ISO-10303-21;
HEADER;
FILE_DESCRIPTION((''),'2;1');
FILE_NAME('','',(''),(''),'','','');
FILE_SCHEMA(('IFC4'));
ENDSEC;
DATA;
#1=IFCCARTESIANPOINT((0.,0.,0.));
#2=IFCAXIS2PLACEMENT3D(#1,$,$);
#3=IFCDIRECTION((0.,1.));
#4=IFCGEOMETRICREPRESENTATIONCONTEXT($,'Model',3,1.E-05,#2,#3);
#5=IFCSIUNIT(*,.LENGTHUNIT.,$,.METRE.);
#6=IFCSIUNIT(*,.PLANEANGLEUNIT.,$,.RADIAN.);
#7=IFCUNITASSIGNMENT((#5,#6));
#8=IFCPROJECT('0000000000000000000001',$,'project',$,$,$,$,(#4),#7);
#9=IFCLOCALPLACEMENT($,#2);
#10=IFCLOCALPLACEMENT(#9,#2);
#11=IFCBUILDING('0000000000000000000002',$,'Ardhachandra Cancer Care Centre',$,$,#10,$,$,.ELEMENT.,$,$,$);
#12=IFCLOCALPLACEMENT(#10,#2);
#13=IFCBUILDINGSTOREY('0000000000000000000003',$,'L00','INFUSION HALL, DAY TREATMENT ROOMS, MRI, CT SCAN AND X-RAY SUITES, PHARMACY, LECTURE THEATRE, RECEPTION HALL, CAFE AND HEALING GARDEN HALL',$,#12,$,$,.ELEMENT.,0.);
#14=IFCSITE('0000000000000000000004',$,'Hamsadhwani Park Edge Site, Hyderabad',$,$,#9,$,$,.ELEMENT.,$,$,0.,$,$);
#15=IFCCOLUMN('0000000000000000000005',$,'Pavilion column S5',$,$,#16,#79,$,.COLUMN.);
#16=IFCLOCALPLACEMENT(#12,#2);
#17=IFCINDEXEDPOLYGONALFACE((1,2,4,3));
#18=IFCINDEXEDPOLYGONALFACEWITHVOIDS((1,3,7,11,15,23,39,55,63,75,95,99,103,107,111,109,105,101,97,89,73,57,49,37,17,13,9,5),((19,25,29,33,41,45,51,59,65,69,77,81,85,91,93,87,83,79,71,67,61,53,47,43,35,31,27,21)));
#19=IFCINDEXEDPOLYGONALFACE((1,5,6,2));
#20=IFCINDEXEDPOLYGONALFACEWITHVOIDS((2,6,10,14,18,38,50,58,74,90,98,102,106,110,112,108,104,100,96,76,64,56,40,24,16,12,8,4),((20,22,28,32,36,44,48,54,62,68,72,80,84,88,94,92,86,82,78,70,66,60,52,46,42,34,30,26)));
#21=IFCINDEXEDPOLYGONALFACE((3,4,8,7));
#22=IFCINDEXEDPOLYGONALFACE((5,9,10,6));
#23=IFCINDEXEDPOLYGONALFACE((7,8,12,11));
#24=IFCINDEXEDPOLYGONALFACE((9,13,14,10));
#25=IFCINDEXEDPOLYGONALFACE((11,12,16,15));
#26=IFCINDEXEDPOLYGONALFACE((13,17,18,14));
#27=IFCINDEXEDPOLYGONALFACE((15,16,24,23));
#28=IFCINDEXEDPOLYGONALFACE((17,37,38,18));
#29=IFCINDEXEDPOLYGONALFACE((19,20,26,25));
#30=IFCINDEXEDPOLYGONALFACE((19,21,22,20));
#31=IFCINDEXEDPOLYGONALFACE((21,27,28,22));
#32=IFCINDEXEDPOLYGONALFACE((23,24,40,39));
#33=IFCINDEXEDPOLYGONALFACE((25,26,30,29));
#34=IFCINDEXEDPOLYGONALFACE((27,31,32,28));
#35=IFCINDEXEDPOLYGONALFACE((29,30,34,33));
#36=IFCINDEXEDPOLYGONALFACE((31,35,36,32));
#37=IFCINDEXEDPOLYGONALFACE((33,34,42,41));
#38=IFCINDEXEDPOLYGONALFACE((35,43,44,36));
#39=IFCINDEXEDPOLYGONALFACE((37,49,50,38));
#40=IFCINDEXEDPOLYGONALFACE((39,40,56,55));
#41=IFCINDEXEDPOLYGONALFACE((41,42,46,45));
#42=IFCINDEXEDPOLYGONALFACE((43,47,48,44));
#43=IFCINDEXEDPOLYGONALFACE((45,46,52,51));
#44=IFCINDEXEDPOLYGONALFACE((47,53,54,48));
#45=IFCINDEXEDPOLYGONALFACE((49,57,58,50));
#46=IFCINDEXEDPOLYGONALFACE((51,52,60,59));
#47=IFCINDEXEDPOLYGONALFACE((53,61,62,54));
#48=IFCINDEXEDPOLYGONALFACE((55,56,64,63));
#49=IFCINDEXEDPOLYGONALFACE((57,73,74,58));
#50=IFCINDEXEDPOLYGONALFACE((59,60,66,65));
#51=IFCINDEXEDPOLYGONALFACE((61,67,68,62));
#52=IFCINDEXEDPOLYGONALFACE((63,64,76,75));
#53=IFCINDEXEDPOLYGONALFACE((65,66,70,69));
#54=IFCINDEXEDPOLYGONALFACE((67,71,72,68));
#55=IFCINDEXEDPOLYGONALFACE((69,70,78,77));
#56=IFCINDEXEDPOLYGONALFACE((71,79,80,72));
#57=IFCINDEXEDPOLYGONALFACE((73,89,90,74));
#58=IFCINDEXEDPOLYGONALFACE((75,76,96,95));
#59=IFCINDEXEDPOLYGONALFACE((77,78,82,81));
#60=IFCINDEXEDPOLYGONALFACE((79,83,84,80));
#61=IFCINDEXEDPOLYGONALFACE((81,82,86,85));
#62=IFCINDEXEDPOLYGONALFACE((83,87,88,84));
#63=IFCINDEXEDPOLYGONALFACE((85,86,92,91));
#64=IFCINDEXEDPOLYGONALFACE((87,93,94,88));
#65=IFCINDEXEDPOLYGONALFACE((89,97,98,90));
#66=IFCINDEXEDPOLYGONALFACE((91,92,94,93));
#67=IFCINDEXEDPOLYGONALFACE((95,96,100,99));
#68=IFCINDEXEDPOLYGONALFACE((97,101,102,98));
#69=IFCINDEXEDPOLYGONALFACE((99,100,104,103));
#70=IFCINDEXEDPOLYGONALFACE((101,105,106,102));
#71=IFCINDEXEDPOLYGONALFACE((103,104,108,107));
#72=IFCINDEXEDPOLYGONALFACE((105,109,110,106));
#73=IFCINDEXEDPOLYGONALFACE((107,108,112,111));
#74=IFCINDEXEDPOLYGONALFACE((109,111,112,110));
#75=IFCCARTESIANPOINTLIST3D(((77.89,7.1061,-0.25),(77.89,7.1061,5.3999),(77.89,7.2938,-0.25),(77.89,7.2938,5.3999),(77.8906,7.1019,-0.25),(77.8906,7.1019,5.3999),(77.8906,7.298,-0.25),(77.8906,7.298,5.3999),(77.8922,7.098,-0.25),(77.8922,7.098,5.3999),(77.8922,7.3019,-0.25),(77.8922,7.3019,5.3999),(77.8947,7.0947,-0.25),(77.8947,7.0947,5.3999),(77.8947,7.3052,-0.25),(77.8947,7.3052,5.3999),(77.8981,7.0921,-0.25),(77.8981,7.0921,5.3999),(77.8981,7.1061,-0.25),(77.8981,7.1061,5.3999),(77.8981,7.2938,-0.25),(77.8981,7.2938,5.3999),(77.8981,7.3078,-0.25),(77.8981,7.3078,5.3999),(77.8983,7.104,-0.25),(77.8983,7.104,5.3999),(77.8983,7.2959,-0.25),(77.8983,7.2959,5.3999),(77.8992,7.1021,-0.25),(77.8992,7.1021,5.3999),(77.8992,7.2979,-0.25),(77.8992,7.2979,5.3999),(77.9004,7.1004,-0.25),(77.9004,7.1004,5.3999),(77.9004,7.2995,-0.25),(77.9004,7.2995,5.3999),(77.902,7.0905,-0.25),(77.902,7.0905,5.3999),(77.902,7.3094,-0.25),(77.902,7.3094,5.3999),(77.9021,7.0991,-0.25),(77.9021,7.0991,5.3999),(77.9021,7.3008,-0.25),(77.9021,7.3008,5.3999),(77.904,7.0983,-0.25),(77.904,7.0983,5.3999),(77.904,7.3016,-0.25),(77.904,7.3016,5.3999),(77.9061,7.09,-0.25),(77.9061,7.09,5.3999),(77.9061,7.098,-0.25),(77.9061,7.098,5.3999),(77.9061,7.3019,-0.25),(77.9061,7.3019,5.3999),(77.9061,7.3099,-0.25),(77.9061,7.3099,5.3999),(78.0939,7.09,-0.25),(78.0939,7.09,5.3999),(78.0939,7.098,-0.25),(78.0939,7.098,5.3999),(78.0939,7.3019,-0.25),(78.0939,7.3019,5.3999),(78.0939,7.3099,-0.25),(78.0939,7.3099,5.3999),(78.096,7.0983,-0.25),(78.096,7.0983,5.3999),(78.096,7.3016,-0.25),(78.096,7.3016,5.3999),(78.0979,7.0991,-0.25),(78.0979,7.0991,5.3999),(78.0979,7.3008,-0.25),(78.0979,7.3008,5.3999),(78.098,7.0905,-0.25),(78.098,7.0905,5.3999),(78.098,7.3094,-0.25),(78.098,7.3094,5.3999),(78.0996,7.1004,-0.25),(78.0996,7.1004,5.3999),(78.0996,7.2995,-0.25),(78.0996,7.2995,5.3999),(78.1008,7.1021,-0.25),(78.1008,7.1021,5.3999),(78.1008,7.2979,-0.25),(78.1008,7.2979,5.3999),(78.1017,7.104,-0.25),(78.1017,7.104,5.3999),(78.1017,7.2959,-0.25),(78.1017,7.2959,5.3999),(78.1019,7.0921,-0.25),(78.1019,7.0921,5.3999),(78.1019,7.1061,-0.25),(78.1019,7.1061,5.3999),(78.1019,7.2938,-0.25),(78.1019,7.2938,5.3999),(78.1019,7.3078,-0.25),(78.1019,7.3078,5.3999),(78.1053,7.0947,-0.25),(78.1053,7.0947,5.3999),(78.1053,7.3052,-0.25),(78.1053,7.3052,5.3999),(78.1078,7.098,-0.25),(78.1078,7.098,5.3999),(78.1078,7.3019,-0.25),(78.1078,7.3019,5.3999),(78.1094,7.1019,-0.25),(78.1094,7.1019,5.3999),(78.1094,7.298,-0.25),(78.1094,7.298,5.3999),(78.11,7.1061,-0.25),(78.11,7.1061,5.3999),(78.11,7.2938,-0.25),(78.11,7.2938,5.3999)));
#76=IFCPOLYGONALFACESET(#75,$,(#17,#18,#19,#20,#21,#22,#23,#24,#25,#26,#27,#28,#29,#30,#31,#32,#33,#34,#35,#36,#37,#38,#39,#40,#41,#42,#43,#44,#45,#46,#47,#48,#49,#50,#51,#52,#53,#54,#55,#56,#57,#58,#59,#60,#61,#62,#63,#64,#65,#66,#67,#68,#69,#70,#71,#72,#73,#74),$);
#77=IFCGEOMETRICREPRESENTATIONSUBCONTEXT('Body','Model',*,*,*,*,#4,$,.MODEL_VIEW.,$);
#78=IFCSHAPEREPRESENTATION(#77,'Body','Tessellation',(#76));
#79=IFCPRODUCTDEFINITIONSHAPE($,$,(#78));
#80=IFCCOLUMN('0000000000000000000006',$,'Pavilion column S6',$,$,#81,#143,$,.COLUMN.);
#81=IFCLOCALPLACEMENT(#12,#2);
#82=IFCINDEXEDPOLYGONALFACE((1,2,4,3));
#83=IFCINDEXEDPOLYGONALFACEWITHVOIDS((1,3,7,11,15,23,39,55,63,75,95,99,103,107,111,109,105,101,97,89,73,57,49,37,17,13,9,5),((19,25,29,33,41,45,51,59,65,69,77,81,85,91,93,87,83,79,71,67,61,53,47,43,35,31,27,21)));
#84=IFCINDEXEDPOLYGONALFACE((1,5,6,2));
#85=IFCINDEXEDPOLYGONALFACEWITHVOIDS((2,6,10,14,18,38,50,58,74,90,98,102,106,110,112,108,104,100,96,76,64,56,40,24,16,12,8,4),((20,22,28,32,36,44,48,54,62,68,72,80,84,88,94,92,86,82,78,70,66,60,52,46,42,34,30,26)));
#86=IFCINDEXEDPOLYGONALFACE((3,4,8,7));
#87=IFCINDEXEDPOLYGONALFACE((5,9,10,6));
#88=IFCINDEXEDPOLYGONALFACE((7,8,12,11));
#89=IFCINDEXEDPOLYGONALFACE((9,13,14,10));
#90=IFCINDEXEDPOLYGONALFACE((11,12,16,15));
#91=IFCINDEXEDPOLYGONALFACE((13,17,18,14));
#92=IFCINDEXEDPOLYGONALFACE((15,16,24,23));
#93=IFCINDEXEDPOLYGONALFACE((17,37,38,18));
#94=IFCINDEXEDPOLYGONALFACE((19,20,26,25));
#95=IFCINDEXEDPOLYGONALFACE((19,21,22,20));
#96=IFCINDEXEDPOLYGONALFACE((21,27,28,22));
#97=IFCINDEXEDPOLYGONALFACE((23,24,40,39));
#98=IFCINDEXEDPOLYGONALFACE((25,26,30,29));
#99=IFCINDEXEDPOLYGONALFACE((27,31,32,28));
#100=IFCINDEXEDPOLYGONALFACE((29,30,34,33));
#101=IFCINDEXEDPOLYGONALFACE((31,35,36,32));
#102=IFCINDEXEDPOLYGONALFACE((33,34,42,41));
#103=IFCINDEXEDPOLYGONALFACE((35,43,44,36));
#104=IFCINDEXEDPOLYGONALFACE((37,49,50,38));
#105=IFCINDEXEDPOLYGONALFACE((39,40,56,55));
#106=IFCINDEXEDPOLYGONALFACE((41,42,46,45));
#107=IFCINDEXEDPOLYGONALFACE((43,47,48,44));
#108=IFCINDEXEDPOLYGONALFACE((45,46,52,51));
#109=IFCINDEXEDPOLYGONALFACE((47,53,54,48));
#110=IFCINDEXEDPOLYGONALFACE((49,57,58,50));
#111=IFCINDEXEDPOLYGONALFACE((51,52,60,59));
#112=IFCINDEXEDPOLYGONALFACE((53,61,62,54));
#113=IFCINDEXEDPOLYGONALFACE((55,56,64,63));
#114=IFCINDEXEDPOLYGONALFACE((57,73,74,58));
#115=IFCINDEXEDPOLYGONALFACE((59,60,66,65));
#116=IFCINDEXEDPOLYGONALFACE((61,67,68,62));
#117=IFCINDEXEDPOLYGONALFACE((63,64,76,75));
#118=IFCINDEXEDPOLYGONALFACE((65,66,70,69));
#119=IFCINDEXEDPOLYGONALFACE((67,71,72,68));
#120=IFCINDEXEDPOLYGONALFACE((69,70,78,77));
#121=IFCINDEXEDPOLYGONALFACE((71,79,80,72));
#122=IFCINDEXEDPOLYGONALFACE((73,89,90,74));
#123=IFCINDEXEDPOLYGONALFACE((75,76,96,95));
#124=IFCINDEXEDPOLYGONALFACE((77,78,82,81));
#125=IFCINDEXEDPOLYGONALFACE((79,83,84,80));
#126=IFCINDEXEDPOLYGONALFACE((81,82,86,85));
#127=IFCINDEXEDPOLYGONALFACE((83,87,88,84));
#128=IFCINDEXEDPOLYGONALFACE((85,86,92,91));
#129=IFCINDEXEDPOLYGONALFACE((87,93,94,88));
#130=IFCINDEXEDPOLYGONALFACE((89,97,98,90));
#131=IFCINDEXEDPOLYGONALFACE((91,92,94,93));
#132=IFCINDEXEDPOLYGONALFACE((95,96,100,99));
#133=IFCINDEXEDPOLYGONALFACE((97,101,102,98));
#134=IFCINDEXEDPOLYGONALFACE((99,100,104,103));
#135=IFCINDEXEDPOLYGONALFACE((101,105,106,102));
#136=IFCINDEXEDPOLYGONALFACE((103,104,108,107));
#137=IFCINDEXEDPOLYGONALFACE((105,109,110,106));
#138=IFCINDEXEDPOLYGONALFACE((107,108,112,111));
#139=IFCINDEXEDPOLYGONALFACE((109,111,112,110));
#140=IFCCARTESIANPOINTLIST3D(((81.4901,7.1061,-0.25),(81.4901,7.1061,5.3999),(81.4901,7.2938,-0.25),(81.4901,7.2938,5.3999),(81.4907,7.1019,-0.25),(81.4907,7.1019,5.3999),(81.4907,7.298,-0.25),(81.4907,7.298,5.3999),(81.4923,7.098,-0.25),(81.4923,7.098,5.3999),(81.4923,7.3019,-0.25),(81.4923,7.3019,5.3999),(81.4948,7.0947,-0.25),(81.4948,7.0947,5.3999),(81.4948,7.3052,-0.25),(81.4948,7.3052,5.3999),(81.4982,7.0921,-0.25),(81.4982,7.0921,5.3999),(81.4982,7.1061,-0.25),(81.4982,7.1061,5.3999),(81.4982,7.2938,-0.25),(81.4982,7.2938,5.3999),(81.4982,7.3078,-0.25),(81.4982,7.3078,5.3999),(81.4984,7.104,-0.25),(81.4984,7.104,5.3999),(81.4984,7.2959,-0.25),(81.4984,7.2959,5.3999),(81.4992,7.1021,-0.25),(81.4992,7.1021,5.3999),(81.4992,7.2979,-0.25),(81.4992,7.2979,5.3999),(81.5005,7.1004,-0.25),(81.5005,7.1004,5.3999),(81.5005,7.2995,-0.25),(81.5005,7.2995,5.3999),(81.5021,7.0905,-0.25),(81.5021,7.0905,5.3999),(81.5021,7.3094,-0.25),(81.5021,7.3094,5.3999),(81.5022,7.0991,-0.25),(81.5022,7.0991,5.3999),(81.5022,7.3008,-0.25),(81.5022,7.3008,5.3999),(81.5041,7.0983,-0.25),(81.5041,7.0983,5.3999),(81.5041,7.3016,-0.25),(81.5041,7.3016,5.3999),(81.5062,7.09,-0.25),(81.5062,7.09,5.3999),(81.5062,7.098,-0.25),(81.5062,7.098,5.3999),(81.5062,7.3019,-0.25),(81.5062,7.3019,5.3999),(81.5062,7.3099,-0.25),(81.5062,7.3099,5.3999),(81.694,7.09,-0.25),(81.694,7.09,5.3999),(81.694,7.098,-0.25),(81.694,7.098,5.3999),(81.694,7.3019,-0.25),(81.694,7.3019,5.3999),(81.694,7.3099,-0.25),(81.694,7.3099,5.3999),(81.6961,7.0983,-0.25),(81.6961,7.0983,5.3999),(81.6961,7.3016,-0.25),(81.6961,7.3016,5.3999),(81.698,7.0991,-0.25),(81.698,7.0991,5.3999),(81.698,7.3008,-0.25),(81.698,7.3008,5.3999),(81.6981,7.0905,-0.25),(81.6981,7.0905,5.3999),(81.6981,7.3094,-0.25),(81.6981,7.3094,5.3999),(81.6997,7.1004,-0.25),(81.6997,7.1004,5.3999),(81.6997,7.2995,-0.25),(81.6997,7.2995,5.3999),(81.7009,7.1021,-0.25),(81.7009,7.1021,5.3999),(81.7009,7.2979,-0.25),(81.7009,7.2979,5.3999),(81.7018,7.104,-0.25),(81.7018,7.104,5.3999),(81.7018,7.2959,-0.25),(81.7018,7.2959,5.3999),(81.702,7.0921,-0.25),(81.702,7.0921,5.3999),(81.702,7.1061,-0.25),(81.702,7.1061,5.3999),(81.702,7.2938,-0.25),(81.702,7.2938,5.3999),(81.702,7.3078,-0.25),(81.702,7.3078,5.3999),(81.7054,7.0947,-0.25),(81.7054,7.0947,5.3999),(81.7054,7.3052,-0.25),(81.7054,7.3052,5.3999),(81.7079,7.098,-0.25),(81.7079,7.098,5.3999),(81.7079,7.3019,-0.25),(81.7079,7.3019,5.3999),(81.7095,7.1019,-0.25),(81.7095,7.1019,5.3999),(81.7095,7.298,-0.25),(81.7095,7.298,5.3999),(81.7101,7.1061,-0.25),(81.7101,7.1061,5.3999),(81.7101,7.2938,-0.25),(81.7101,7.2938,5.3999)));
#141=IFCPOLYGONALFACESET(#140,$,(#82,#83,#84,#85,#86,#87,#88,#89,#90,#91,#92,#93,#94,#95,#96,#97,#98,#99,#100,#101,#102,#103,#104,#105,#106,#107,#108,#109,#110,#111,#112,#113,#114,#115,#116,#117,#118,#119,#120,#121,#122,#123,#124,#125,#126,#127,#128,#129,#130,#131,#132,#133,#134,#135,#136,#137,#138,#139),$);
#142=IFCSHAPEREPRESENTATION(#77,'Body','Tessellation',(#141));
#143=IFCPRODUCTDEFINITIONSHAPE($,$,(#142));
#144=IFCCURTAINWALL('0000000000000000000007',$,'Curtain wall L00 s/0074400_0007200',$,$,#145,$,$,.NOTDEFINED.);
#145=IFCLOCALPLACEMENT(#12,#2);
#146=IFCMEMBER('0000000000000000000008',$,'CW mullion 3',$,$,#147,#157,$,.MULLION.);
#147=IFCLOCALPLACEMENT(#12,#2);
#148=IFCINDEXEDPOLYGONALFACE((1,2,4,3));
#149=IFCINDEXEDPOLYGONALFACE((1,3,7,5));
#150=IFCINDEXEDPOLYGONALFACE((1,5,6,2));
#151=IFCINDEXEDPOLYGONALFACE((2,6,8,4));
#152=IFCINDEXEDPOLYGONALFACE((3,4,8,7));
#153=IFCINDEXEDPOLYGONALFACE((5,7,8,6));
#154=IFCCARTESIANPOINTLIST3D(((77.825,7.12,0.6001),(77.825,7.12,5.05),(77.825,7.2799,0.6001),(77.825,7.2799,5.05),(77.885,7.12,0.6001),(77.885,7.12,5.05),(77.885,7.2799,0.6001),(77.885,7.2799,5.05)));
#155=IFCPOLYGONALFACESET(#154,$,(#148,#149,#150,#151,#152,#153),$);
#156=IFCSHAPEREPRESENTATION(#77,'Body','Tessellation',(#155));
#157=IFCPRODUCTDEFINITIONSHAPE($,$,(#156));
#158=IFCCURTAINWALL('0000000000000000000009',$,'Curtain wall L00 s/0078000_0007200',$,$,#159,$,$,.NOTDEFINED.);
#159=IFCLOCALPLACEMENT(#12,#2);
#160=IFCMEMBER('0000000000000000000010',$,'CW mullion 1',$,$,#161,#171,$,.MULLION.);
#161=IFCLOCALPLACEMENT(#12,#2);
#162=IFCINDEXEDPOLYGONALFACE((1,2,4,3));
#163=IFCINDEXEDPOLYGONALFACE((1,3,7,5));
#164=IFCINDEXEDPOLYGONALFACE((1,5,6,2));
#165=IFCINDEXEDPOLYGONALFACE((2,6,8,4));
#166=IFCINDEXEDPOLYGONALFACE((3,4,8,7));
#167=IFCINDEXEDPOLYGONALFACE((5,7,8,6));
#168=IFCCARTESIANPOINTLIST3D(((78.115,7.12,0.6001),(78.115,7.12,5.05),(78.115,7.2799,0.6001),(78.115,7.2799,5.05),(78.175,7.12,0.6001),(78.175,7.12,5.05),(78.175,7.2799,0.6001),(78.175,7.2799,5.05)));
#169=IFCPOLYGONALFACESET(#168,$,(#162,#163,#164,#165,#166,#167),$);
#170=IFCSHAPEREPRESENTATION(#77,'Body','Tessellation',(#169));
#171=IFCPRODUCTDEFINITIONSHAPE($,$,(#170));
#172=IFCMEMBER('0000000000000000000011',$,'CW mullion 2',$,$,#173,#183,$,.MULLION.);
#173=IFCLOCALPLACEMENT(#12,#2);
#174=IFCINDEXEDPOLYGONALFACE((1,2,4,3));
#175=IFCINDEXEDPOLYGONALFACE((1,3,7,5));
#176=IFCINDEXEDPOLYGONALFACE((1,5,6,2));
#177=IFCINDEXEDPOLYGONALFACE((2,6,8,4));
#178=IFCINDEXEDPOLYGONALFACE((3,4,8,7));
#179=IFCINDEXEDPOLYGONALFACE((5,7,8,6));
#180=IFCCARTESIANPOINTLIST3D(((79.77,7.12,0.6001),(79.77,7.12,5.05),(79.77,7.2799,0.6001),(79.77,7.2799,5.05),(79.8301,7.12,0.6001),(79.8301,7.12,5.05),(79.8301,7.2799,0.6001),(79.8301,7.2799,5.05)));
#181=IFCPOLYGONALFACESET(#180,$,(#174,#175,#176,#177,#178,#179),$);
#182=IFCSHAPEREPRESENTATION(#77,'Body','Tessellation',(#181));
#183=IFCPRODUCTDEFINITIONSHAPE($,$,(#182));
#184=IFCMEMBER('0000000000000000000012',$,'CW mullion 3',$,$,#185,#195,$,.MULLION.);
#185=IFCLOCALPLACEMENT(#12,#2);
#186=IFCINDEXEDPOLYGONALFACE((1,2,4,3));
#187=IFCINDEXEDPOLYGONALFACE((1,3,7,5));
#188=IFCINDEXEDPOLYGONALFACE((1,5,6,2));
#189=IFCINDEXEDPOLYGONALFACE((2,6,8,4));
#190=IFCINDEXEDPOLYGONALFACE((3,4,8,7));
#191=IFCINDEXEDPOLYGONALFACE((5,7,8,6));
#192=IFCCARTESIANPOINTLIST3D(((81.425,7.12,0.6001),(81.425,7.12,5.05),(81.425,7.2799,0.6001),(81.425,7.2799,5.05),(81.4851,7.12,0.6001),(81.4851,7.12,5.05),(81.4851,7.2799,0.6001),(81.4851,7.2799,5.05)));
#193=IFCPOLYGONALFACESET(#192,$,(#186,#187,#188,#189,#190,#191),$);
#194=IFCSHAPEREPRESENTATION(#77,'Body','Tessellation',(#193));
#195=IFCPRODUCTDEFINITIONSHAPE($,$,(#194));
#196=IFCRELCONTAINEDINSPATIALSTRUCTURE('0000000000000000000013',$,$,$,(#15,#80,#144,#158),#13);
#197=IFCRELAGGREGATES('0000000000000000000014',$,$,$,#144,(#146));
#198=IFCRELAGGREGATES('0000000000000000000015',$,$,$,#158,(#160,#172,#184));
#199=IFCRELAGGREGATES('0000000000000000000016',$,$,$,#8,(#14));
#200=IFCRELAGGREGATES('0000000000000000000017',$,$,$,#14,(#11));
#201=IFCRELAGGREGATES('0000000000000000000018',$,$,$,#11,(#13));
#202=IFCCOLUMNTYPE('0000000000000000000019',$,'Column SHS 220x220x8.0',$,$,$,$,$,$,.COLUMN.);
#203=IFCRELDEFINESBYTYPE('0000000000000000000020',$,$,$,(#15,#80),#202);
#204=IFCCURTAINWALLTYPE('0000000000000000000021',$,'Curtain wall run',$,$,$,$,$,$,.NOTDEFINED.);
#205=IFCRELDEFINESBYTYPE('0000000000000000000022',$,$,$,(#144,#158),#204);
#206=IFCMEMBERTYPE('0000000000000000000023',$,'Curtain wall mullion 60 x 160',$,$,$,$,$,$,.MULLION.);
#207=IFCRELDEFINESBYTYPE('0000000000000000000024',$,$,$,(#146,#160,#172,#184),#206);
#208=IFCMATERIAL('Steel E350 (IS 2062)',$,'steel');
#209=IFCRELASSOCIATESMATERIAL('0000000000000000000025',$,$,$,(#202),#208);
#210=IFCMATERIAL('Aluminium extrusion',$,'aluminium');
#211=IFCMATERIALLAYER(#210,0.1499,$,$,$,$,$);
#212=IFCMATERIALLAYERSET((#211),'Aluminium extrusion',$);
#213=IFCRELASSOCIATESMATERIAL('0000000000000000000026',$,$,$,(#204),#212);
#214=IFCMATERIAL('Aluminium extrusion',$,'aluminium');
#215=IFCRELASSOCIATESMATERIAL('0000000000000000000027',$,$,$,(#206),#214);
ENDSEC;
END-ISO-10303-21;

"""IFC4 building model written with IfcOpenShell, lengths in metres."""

from ifc_helpers import new_model, si_unit, direction, frame, origin, origin_2d, place, context, subcontext, project, spatial, rectangle, hollow_rectangle, extrude, material, layer, layer_set, material_profile, profile_set, type_object, element, aggregate, save


model = new_model("IFC4")

# Units and contexts
model_context = context("Model", 3, precision=1e-05, world=origin(), true_north=direction((0.0, 1.0)))
body_context = subcontext(model_context, "Body", "Model", "MODEL_VIEW")
ifc_project = project(units=[si_unit("LENGTHUNIT", "METRE"), si_unit("PLANEANGLEUNIT", "RADIAN")], contexts=[model_context])

# Site, building, storey
site_placement = place(None, origin())
site = spatial("IfcSite", under=ifc_project, at=site_placement, Name="Hamsadhwani Park Edge Site, Hyderabad", CompositionType="ELEMENT", RefElevation=0.0)
building_placement = place(site_placement, origin())
building = spatial("IfcBuilding", under=site, at=building_placement, Name="Ardhachandra Cancer Care Centre", CompositionType="ELEMENT")
storey_placement = place(building_placement, origin())
storey = spatial("IfcBuildingStorey", under=building, at=storey_placement, Name="L00", Description="INFUSION HALL, DAY TREATMENT ROOMS, MRI, CT SCAN AND X-RAY SUITES, PHARMACY, LECTURE THEATRE, RECEPTION HALL, CAFE AND HEALING GARDEN HALL", CompositionType="ELEMENT", Elevation=0.0)

# Columns
ifc_material_1 = material(Name="Steel E350 (IS 2062)", Category="steel")
ifc_material_profile_1 = material_profile(ifc_material_1, hollow_rectangle(XDim=0.22, YDim=0.22, WallThickness=0.0081, InnerFilletRadius=0.0081, OuterFilletRadius=0.0161, at=origin_2d()), Name="SHS 220x220x8.0")
ifc_profile_set_1 = profile_set([ifc_material_profile_1], Name="Steel E350 (IS 2062)")
column_type = type_object("IfcColumnType", Name="Column SHS 220x220x8.0", PredefinedType="COLUMN", material=ifc_profile_set_1)
for number, where, z_axis, x_axis, name in (
    (1, (78.0, 7.2, -0.25), (0.0, 0.0, 1.0), (1.0, 0.0, 0.0), "Pavilion column S5"),
    (2, (81.6001, 7.2, -0.25), (0.0, 0.0, 1.0), (1.0, 0.0, 0.0), "Pavilion column S6"),
):
    element("IfcColumn", number, at=place(storey_placement, frame(where, z_axis=z_axis, x_axis=x_axis)), inside=storey, type_object=column_type, Name=name, PredefinedType="COLUMN", context=body_context, shape_type="SweptSolid", body=[
        extrude(hollow_rectangle(XDim=0.22, YDim=0.22, WallThickness=0.0081, InnerFilletRadius=0.0081, OuterFilletRadius=0.0161, at=origin_2d()), origin(), (0.0, 0.0, 1.0), 5.6499),
    ])

# Curtain wall, member
ifc_material_2 = material(Name="Aluminium extrusion", Category="aluminium")
ifc_layer_1 = layer(ifc_material_2, 0.1499)
ifc_layer_set_1 = layer_set([ifc_layer_1], Name="Aluminium extrusion")
curtain_wall_type = type_object("IfcCurtainWallType", Name="Curtain wall run", PredefinedType="NOTDEFINED", material=ifc_layer_set_1)
curtain_wall_1_placement = place(storey_placement, origin())
curtain_wall_1 = element("IfcCurtainWall", 3, at=curtain_wall_1_placement, inside=storey, type_object=curtain_wall_type, Name="Curtain wall L00 s/0074400_0007200", PredefinedType="NOTDEFINED")
ifc_material_3 = material(Name="Aluminium extrusion", Category="aluminium")
ifc_material_profile_2 = material_profile(ifc_material_3, rectangle(XDim=0.1599, YDim=0.0601, at=origin_2d()), Name="Curtain wall mullion 60 x 160")
ifc_profile_set_2 = profile_set([ifc_material_profile_2], Name="Aluminium extrusion")
member_type_1 = type_object("IfcMemberType", Name="Curtain wall mullion 60 x 160", PredefinedType="MULLION", material=ifc_profile_set_2)
member_1_placement = place(storey_placement, frame((77.855, 7.2, 0.6001), z_axis=(0.0, 0.0, 1.0), x_axis=(0.0, 1.0, 0.0)))
member_1 = element("IfcMember", 4, at=member_1_placement, type_object=member_type_1, Name="CW mullion 3", PredefinedType="MULLION", context=body_context, shape_type="SweptSolid", body=[
    extrude(rectangle(XDim=0.1599, YDim=0.0601, at=origin_2d()), origin(), (0.0, 0.0, 1.0), 4.45),
])

# Curtain wall, members
curtain_wall_2_placement = place(storey_placement, origin())
curtain_wall_2 = element("IfcCurtainWall", 5, at=curtain_wall_2_placement, inside=storey, type_object=curtain_wall_type, Name="Curtain wall L00 s/0078000_0007200", PredefinedType="NOTDEFINED")
member_2_placement = place(storey_placement, frame((78.145, 7.2, 0.6001), z_axis=(0.0, 0.0, 1.0), x_axis=(0.0, 1.0, 0.0)))
member_2 = element("IfcMember", 6, at=member_2_placement, type_object=member_type_1, Name="CW mullion 1", PredefinedType="MULLION", context=body_context, shape_type="SweptSolid", body=[
    extrude(rectangle(XDim=0.1599, YDim=0.0601, at=origin_2d()), origin(), (0.0, 0.0, 1.0), 4.45),
])
member_3_placement = place(storey_placement, frame((79.8, 7.2, 0.6001), z_axis=(0.0, 0.0, 1.0), x_axis=(0.0, 1.0, 0.0)))
member_3 = element("IfcMember", 7, at=member_3_placement, type_object=member_type_1, Name="CW mullion 2", PredefinedType="MULLION", context=body_context, shape_type="SweptSolid", body=[
    extrude(rectangle(XDim=0.1599, YDim=0.0601, at=origin_2d()), origin(), (0.0, 0.0, 1.0), 4.45),
])
member_4_placement = place(storey_placement, frame((81.4551, 7.2, 0.6001), z_axis=(0.0, 0.0, 1.0), x_axis=(0.0, 1.0, 0.0)))
member_4 = element("IfcMember", 8, at=member_4_placement, type_object=member_type_1, Name="CW mullion 3", PredefinedType="MULLION", context=body_context, shape_type="SweptSolid", body=[
    extrude(rectangle(XDim=0.1599, YDim=0.0601, at=origin_2d()), origin(), (0.0, 0.0, 1.0), 4.45),
])

aggregate(curtain_wall_1, [member_1])
aggregate(curtain_wall_2, [member_2, member_3, member_4])

save(model, "model.ifc")
